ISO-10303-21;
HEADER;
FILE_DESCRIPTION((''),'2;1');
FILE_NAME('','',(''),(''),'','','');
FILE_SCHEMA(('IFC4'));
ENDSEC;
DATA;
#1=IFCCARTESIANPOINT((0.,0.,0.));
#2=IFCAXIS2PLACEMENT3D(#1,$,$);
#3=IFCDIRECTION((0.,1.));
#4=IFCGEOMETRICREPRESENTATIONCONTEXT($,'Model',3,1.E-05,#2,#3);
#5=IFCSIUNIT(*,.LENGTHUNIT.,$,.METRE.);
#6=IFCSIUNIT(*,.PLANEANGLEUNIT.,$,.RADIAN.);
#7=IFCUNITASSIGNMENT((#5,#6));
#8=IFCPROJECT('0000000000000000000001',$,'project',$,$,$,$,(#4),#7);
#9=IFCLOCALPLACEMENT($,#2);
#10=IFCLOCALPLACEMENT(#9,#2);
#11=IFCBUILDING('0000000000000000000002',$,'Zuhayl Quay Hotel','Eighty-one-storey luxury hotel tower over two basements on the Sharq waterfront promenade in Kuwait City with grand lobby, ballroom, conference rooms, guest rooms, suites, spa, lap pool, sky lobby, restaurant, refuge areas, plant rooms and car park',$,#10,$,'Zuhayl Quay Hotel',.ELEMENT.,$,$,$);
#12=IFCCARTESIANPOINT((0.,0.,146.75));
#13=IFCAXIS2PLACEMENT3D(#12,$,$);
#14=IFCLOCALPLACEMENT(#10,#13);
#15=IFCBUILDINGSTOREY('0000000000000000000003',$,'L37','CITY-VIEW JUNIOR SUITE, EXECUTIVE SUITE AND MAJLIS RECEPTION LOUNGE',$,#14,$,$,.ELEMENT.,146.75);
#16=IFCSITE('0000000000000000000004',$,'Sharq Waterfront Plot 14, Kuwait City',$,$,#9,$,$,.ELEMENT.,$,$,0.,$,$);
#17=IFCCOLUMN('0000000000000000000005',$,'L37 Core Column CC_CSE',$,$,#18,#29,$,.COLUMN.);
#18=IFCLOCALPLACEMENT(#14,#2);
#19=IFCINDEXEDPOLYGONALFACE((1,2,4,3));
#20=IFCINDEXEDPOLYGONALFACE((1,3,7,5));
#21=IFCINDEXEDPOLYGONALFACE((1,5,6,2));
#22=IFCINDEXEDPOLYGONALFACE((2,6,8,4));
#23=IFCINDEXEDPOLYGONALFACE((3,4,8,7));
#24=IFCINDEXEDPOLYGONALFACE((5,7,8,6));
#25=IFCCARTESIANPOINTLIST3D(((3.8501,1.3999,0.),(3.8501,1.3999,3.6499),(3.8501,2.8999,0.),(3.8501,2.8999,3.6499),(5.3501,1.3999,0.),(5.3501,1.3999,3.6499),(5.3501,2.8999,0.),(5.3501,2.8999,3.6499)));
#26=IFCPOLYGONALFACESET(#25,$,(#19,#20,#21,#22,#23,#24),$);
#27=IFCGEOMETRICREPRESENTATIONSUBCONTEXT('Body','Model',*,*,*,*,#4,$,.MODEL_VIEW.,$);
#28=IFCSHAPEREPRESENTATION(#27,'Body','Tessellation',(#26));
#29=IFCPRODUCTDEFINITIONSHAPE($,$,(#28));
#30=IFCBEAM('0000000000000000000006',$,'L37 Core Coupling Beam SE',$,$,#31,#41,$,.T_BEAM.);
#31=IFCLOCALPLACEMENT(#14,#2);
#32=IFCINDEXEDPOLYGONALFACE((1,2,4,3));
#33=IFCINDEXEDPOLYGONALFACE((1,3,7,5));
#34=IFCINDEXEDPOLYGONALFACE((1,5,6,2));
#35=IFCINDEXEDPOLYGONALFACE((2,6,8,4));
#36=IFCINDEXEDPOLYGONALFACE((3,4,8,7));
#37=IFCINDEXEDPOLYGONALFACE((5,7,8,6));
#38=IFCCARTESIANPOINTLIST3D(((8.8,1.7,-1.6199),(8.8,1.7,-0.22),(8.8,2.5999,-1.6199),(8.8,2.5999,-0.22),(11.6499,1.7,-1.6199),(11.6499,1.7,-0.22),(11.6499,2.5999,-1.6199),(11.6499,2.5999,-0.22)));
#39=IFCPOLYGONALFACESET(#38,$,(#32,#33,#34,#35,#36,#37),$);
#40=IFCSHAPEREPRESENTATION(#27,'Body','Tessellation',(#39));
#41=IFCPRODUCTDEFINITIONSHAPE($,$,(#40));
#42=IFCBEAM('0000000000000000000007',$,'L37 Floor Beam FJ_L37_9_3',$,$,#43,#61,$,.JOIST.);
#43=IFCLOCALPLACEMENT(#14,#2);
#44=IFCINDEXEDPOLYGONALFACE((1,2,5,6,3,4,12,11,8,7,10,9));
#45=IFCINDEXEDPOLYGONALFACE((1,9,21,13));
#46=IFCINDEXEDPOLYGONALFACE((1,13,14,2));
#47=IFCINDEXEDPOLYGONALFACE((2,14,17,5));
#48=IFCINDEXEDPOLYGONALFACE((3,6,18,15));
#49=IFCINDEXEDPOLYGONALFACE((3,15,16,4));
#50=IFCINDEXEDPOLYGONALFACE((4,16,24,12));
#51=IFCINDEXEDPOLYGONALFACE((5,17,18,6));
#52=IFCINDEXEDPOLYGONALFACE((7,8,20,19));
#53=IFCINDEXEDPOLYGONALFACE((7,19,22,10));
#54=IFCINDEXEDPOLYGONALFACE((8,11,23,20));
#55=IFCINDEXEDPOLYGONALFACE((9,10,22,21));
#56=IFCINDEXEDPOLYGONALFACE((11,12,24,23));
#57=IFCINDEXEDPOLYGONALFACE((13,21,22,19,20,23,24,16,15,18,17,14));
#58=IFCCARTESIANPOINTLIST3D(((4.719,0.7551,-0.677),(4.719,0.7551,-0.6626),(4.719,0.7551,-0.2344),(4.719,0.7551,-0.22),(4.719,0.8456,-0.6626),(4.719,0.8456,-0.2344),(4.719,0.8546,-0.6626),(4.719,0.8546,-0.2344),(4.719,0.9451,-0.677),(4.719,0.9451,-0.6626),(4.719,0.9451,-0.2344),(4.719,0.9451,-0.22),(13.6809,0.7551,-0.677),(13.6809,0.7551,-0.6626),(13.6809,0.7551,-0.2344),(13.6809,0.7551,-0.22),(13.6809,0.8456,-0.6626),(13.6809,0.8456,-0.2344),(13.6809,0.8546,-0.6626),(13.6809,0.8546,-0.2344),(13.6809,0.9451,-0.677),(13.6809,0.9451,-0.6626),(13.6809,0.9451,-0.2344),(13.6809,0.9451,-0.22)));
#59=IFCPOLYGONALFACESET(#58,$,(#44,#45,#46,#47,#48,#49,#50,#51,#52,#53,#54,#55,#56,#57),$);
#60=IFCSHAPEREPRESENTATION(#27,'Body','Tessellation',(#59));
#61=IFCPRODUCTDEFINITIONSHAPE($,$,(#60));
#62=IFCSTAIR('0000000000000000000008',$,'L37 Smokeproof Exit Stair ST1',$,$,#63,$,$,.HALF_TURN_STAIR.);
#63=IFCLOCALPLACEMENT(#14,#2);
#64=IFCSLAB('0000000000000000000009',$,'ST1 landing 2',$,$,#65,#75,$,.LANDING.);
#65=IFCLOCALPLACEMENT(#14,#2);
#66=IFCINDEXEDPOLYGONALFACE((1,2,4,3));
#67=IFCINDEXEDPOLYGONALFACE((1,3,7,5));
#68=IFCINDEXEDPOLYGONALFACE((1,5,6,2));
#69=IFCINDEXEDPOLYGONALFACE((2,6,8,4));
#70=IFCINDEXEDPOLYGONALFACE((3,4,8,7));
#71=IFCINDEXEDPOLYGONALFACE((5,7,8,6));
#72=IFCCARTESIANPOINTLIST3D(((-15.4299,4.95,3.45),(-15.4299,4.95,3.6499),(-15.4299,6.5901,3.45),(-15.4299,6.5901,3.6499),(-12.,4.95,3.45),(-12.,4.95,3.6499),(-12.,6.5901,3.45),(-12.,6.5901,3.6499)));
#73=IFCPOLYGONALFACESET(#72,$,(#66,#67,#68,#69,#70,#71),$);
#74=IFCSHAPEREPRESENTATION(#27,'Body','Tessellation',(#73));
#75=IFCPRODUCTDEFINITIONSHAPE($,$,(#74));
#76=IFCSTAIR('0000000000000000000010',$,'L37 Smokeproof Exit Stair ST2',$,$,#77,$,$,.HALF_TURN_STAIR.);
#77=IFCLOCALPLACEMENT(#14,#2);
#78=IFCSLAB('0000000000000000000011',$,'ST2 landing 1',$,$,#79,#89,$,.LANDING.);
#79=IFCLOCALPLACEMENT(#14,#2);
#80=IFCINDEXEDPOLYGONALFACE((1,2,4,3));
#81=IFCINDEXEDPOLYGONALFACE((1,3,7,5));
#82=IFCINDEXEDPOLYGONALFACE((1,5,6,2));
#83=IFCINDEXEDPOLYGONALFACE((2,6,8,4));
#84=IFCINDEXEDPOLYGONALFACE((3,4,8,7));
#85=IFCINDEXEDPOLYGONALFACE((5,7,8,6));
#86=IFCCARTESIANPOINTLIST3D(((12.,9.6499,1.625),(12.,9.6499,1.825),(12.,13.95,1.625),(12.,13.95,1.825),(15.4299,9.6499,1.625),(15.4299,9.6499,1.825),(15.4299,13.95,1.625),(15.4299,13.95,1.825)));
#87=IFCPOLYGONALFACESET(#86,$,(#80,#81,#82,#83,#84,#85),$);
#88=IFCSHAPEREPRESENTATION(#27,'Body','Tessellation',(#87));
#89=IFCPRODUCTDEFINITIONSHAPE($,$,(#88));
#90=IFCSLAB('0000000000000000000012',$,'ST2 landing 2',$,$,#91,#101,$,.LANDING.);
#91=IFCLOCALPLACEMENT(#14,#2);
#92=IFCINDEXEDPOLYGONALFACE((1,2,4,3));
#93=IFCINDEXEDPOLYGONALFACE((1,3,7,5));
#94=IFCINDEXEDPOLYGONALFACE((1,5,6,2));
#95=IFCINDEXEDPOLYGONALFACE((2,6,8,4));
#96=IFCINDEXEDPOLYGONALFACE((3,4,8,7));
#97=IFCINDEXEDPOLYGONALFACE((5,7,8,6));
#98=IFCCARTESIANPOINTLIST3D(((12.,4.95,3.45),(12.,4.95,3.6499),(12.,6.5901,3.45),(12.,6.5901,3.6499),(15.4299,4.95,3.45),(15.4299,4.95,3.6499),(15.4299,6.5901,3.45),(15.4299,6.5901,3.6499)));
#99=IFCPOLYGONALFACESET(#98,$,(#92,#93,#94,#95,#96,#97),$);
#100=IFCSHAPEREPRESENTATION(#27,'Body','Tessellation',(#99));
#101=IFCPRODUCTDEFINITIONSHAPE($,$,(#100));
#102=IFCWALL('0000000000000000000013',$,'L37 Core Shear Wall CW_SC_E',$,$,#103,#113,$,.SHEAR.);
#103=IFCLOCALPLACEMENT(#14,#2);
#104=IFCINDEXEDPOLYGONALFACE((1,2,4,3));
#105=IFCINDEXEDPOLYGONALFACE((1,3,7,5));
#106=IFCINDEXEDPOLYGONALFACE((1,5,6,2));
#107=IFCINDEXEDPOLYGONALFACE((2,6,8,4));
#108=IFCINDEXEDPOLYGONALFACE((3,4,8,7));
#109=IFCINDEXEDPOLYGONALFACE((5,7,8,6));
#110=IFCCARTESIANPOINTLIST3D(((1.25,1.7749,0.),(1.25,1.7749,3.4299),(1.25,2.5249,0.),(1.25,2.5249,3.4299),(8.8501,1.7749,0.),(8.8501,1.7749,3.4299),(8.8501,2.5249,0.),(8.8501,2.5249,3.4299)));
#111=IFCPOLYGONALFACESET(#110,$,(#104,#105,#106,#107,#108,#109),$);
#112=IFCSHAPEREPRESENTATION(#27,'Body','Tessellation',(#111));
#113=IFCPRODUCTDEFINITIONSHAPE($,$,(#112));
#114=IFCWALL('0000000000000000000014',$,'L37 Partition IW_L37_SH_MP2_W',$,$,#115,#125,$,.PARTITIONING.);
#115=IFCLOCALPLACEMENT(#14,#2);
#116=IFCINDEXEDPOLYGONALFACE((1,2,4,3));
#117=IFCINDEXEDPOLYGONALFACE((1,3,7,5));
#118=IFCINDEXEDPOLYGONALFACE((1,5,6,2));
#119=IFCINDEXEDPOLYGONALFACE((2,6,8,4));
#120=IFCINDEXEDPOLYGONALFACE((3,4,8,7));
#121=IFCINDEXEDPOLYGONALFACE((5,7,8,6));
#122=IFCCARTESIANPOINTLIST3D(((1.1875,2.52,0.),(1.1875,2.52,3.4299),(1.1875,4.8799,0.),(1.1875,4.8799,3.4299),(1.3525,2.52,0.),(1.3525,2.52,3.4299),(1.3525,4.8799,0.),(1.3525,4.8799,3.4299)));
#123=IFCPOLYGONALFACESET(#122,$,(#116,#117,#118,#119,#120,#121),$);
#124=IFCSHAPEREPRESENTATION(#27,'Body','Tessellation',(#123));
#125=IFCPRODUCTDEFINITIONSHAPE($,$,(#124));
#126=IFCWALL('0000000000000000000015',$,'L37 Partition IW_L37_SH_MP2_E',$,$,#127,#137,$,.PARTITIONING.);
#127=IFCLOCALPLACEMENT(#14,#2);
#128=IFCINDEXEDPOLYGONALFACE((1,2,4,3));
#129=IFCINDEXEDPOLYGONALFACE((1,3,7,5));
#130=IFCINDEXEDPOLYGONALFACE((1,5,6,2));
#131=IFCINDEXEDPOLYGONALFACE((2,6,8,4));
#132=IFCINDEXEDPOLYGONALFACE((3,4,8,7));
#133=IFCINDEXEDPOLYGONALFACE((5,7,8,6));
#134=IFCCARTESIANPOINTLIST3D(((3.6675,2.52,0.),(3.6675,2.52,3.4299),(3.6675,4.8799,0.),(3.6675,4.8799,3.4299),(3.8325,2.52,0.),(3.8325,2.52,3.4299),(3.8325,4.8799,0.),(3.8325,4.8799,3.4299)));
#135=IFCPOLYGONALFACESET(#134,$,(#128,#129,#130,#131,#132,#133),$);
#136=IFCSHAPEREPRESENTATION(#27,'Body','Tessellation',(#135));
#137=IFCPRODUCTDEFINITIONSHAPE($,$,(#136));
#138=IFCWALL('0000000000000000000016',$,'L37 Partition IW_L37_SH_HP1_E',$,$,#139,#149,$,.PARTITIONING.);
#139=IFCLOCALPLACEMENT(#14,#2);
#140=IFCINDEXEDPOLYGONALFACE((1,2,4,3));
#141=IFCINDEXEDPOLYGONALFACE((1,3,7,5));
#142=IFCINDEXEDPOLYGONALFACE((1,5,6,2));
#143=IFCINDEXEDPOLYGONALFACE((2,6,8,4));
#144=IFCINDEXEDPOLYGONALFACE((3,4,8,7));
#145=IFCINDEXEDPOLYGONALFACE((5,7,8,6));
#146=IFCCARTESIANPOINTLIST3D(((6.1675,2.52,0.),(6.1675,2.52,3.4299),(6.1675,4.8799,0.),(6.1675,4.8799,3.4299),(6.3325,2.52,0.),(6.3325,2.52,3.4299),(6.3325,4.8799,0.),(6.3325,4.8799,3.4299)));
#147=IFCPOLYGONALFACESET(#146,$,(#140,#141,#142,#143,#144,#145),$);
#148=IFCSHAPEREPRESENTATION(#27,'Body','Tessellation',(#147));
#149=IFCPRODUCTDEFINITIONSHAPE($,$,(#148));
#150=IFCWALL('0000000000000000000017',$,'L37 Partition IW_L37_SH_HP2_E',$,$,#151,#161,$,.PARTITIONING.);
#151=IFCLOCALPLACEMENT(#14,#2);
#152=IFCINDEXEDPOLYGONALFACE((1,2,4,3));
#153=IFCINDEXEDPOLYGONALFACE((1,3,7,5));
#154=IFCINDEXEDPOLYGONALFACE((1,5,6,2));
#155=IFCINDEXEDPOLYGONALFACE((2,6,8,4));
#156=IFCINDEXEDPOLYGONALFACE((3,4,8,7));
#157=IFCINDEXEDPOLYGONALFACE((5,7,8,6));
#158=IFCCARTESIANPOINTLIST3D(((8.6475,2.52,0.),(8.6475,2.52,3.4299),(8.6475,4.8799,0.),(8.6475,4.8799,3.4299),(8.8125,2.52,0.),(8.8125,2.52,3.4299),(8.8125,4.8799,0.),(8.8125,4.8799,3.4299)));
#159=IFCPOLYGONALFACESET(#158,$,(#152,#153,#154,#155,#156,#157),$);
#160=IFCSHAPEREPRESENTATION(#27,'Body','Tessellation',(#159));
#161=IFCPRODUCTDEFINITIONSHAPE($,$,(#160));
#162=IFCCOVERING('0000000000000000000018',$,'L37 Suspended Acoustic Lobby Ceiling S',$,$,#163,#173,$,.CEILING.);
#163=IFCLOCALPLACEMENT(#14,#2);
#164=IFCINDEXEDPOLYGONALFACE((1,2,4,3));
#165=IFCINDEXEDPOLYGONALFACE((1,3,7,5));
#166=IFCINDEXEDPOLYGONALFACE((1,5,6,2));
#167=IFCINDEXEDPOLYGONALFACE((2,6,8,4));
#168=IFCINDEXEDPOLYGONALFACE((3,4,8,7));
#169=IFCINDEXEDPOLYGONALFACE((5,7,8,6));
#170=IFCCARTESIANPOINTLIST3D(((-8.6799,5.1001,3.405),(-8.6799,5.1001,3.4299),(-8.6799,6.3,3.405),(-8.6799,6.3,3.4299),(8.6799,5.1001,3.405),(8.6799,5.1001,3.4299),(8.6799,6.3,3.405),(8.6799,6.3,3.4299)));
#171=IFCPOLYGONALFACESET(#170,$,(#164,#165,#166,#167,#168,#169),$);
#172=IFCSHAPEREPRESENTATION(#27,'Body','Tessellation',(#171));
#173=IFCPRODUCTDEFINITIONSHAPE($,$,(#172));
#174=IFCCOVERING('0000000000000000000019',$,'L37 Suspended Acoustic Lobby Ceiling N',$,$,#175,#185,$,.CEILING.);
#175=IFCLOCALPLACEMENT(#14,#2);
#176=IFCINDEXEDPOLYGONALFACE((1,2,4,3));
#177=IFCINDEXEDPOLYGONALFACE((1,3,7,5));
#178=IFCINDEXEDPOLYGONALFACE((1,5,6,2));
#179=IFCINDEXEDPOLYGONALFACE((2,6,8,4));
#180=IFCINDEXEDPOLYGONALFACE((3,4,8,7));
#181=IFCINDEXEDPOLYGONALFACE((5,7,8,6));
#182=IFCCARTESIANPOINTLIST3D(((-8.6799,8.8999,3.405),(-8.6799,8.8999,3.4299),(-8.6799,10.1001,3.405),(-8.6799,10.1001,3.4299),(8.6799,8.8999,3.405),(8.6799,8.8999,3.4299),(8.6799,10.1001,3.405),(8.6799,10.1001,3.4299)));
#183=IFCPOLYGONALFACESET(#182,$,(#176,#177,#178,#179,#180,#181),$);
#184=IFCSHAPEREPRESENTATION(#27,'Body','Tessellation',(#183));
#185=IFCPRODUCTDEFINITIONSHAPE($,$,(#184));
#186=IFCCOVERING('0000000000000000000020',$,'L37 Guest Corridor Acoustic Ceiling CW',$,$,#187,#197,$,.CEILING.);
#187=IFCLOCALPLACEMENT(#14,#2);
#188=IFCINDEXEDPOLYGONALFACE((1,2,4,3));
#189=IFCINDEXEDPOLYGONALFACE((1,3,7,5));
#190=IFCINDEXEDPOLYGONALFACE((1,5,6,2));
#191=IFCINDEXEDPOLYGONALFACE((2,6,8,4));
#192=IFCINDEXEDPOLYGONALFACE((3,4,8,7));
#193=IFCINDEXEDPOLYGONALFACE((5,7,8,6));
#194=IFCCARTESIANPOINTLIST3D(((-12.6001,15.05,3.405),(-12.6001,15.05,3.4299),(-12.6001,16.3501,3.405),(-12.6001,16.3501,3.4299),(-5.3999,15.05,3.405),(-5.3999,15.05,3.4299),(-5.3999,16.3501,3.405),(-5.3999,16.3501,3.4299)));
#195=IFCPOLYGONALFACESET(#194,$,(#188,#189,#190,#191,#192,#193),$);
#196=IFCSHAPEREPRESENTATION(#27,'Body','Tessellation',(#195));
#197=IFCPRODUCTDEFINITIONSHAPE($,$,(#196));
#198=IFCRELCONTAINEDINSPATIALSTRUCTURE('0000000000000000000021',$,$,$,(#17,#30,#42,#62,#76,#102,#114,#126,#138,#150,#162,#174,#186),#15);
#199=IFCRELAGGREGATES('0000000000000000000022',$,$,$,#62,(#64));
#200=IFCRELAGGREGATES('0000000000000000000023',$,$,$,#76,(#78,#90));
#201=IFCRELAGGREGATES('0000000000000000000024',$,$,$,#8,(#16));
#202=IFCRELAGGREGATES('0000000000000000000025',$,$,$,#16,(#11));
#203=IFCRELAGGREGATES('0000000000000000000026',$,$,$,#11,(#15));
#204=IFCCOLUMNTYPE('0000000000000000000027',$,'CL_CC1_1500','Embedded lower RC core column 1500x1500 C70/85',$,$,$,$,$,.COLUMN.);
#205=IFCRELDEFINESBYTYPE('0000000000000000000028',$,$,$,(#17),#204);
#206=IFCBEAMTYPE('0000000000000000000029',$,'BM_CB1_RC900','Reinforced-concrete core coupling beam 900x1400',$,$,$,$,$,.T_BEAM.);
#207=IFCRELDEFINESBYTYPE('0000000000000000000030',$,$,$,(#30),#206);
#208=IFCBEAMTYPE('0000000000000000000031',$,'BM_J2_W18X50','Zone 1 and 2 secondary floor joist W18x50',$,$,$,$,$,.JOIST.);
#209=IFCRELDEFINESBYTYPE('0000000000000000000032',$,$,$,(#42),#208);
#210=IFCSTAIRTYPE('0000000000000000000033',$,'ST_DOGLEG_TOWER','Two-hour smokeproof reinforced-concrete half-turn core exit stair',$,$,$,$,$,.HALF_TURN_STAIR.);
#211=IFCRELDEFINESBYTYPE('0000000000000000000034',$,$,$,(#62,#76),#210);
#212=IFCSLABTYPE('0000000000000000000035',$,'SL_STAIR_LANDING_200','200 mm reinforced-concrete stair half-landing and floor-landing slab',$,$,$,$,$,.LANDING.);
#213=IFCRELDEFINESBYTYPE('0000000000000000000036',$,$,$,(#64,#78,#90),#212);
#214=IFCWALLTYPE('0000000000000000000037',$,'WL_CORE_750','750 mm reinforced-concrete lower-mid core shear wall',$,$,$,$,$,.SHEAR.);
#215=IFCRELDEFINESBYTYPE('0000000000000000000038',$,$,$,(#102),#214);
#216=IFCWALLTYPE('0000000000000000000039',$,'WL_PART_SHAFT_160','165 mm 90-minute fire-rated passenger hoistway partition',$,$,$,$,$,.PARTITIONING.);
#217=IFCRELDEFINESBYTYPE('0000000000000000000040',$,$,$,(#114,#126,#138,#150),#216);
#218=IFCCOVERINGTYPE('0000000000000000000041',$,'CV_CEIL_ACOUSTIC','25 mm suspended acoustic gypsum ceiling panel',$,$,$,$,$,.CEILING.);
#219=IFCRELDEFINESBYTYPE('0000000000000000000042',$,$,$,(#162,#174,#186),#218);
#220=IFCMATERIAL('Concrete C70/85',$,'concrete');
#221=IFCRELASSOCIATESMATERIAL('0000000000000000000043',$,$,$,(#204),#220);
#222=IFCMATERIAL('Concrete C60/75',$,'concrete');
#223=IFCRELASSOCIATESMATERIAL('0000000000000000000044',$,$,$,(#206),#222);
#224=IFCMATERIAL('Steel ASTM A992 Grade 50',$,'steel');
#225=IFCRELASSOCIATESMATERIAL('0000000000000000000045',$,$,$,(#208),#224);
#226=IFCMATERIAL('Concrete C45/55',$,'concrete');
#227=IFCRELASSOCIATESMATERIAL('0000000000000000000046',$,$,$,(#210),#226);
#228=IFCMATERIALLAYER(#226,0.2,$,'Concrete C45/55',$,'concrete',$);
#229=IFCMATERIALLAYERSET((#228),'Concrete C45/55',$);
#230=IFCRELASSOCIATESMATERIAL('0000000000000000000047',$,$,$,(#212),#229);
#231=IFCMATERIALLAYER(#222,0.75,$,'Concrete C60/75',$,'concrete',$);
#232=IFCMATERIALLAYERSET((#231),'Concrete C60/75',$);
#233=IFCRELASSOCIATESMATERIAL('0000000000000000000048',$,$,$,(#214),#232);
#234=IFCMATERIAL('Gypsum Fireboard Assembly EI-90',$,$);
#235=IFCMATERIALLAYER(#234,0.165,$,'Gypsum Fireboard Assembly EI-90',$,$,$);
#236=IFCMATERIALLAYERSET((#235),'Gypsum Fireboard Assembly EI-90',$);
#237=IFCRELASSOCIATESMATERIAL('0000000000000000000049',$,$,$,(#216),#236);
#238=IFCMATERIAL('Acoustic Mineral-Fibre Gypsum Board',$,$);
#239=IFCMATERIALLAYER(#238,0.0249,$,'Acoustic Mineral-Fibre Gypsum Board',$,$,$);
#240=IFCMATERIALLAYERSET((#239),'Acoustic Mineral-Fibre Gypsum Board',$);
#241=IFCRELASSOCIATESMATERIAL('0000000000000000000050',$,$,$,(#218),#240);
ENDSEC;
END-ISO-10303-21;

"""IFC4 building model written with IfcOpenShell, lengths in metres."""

from ifc_helpers import new_model, si_unit, direction, frame, frame_2d, origin, origin_2d, place, context, subcontext, project, spatial, polyline, rectangle, i_section, outline, extrude, material, layer, layer_set, material_profile, profile_set, type_object, element, aggregate, save


model = new_model("IFC4")

# Units and contexts
model_context = context("Model", 3, precision=1e-05, world=origin(), true_north=direction((0.0, 1.0)))
body_context = subcontext(model_context, "Body", "Model", "MODEL_VIEW")
ifc_project = project(units=[si_unit("LENGTHUNIT", "METRE"), si_unit("PLANEANGLEUNIT", "RADIAN")], contexts=[model_context])

# Site, building, storey
site_placement = place(None, origin())
site = spatial("IfcSite", under=ifc_project, at=site_placement, Name="Sharq Waterfront Plot 14, Kuwait City", CompositionType="ELEMENT", RefElevation=0.0)
building_placement = place(site_placement, origin())
building = spatial("IfcBuilding", under=site, at=building_placement, Name="Zuhayl Quay Hotel", Description="Eighty-one-storey luxury hotel tower over two basements on the Sharq waterfront promenade in Kuwait City with grand lobby, ballroom, conference rooms, guest rooms, suites, spa, lap pool, sky lobby, restaurant, refuge areas, plant rooms and car park", LongName="Zuhayl Quay Hotel", CompositionType="ELEMENT")
storey_placement = place(building_placement, frame((0.0, 0.0, 146.75)))
storey = spatial("IfcBuildingStorey", under=building, at=storey_placement, Name="L37", Description="CITY-VIEW JUNIOR SUITE, EXECUTIVE SUITE AND MAJLIS RECEPTION LOUNGE", CompositionType="ELEMENT", Elevation=146.75)

# Column
ifc_material_1 = material(Name="Concrete C70/85", Category="concrete")
ifc_material_profile_1 = material_profile(ifc_material_1, rectangle(XDim=1.5, YDim=1.5, at=origin_2d()), Name="RC1500X1500")
ifc_profile_set_1 = profile_set([ifc_material_profile_1], Name="Concrete C70/85")
column_type = type_object("IfcColumnType", Name="CL_CC1_1500", Description="Embedded lower RC core column 1500x1500 C70/85", PredefinedType="COLUMN", material=ifc_profile_set_1)
column_placement = place(storey_placement, frame((4.6001, 2.1499, 0.0), z_axis=(0.0, 0.0, 1.0), x_axis=(1.0, 0.0, 0.0)))
element("IfcColumn", 1, at=column_placement, inside=storey, type_object=column_type, Name="L37 Core Column CC_CSE", PredefinedType="COLUMN", context=body_context, shape_type="SweptSolid", body=[
    extrude(rectangle(XDim=1.5, YDim=1.5, at=origin_2d()), origin(), (0.0, 0.0, 1.0), 3.6499),
])

# Beams
ifc_material_2 = material(Name="Concrete C60/75", Category="concrete")
ifc_material_profile_2 = material_profile(ifc_material_2, rectangle(XDim=0.8999, YDim=1.3999, at=origin_2d()), Name="RC900X1400")
ifc_profile_set_2 = profile_set([ifc_material_profile_2], Name="Concrete C60/75")
beam_type_1 = type_object("IfcBeamType", Name="BM_CB1_RC900", Description="Reinforced-concrete core coupling beam 900x1400", PredefinedType="T_BEAM", material=ifc_profile_set_2)
beam_1_placement = place(storey_placement, frame((8.8, 2.1499, -0.9199), z_axis=(1.0, 0.0, 0.0), x_axis=(0.0, 1.0, 0.0)))
element("IfcBeam", 2, at=beam_1_placement, inside=storey, type_object=beam_type_1, Name="L37 Core Coupling Beam SE", PredefinedType="T_BEAM", context=body_context, shape_type="SweptSolid", body=[
    extrude(rectangle(XDim=0.8999, YDim=1.3999, at=origin_2d()), origin(), (0.0, 0.0, 1.0), 2.8499),
])
ifc_material_3 = material(Name="Steel ASTM A992 Grade 50", Category="steel")
ifc_material_profile_3 = material_profile(ifc_material_3, i_section(OverallWidth=0.1899, OverallDepth=0.457, WebThickness=0.009, FlangeThickness=0.0144, at=origin_2d()), Name="W18X50")
ifc_profile_set_3 = profile_set([ifc_material_profile_3], Name="Steel ASTM A992 Grade 50")
beam_type_2 = type_object("IfcBeamType", Name="BM_J2_W18X50", Description="Zone 1 and 2 secondary floor joist W18x50", PredefinedType="JOIST", material=ifc_profile_set_3)
beam_2_placement = place(storey_placement, frame((4.719, 0.8501, -0.4485), z_axis=(1.0, 0.0, 0.0), x_axis=(0.0, 1.0, 0.0)))
element("IfcBeam", 3, at=beam_2_placement, inside=storey, type_object=beam_type_2, Name="L37 Floor Beam FJ_L37_9_3", PredefinedType="JOIST", context=body_context, shape_type="SweptSolid", body=[
    extrude(i_section(OverallWidth=0.1899, OverallDepth=0.457, WebThickness=0.009, FlangeThickness=0.0144, at=origin_2d()), origin(), (0.0, 0.0, 1.0), 8.9619),
])

# Stair, slab
ifc_material_4 = material(Name="Concrete C45/55", Category="concrete")
stair_type = type_object("IfcStairType", Name="ST_DOGLEG_TOWER", Description="Two-hour smokeproof reinforced-concrete half-turn core exit stair", PredefinedType="HALF_TURN_STAIR", material=ifc_material_4)
stair_1_placement = place(storey_placement, origin())
stair_1 = element("IfcStair", 4, at=stair_1_placement, inside=storey, type_object=stair_type, Name="L37 Smokeproof Exit Stair ST1", PredefinedType="HALF_TURN_STAIR")
ifc_layer_1 = layer(ifc_material_4, 0.2, Name="Concrete C45/55", Category="concrete")
ifc_layer_set_1 = layer_set([ifc_layer_1], Name="Concrete C45/55")
slab_type = type_object("IfcSlabType", Name="SL_STAIR_LANDING_200", Description="200 mm reinforced-concrete stair half-landing and floor-landing slab", PredefinedType="LANDING", material=ifc_layer_set_1)
slab_1_placement = place(storey_placement, frame((0.0, 0.0, 3.45)))
slab_1 = element("IfcSlab", 5, at=slab_1_placement, type_object=slab_type, Name="ST1 landing 2", PredefinedType="LANDING", context=body_context, shape_type="SweptSolid", body=[
    extrude(outline(polyline([(-12.0, 4.95), (-12.0, 6.5901), (-15.4299, 6.5901), (-15.4299, 4.95), (-12.0, 4.95)])), origin(), (0.0, 0.0, 1.0), 0.2),
])
aggregate(stair_1, [slab_1])

# Stair, slabs
stair_2_placement = place(storey_placement, origin())
stair_2 = element("IfcStair", 6, at=stair_2_placement, inside=storey, type_object=stair_type, Name="L37 Smokeproof Exit Stair ST2", PredefinedType="HALF_TURN_STAIR")
slab_2_placement = place(storey_placement, frame((0.0, 0.0, 1.625)))
slab_2 = element("IfcSlab", 7, at=slab_2_placement, type_object=slab_type, Name="ST2 landing 1", PredefinedType="LANDING", context=body_context, shape_type="SweptSolid", body=[
    extrude(outline(polyline([(15.4299, 9.6499), (15.4299, 13.95), (12.0, 13.95), (12.0, 9.6499), (15.4299, 9.6499)])), origin(), (0.0, 0.0, 1.0), 0.2),
])
slab_3_placement = place(storey_placement, frame((0.0, 0.0, 3.45)))
slab_3 = element("IfcSlab", 8, at=slab_3_placement, type_object=slab_type, Name="ST2 landing 2", PredefinedType="LANDING", context=body_context, shape_type="SweptSolid", body=[
    extrude(outline(polyline([(15.4299, 4.95), (15.4299, 6.5901), (12.0, 6.5901), (12.0, 4.95), (15.4299, 4.95)])), origin(), (0.0, 0.0, 1.0), 0.2),
])
aggregate(stair_2, [slab_2, slab_3])

# Walls
ifc_layer_2 = layer(ifc_material_2, 0.75, Name="Concrete C60/75", Category="concrete")
ifc_layer_set_2 = layer_set([ifc_layer_2], Name="Concrete C60/75")
wall_type_1 = type_object("IfcWallType", Name="WL_CORE_750", Description="750 mm reinforced-concrete lower-mid core shear wall", PredefinedType="SHEAR", material=ifc_layer_set_2)
wall_placement = place(storey_placement, frame((1.25, 2.1499, 0.0), z_axis=(0.0, 0.0, 1.0), x_axis=(1.0, 0.0, 0.0)))
element("IfcWall", 9, at=wall_placement, inside=storey, type_object=wall_type_1, Name="L37 Core Shear Wall CW_SC_E", PredefinedType="SHEAR", context=body_context, shape_type="SweptSolid", body=[
    extrude(rectangle(XDim=7.6001, YDim=0.75, at=frame_2d((3.8, 0.0))), origin(), (0.0, 0.0, 1.0), 3.4299),
])
ifc_material_5 = material(Name="Gypsum Fireboard Assembly EI-90")
ifc_layer_3 = layer(ifc_material_5, 0.165, Name="Gypsum Fireboard Assembly EI-90")
ifc_layer_set_3 = layer_set([ifc_layer_3], Name="Gypsum Fireboard Assembly EI-90")
wall_type_2 = type_object("IfcWallType", Name="WL_PART_SHAFT_160", Description="165 mm 90-minute fire-rated passenger hoistway partition", PredefinedType="PARTITIONING", material=ifc_layer_set_3)
for number, where, z_axis, x_axis, name in (
    (10, (1.27, 2.52, 0.0), (0.0, 0.0, 1.0), (0.0, 1.0, 0.0), "L37 Partition IW_L37_SH_MP2_W"),
    (11, (3.75, 2.52, 0.0), (0.0, 0.0, 1.0), (0.0, 1.0, 0.0), "L37 Partition IW_L37_SH_MP2_E"),
    (12, (6.25, 2.52, 0.0), (0.0, 0.0, 1.0), (0.0, 1.0, 0.0), "L37 Partition IW_L37_SH_HP1_E"),
    (13, (8.73, 2.52, 0.0), (0.0, 0.0, 1.0), (0.0, 1.0, 0.0), "L37 Partition IW_L37_SH_HP2_E"),
):
    element("IfcWall", number, at=place(storey_placement, frame(where, z_axis=z_axis, x_axis=x_axis)), inside=storey, type_object=wall_type_2, Name=name, PredefinedType="PARTITIONING", context=body_context, shape_type="SweptSolid", body=[
        extrude(rectangle(XDim=2.3599, YDim=0.165, at=frame_2d((1.1799, 0.0))), origin(), (0.0, 0.0, 1.0), 3.4299),
    ])

# Coverings
ifc_material_6 = material(Name="Acoustic Mineral-Fibre Gypsum Board")
ifc_layer_4 = layer(ifc_material_6, 0.0249, Name="Acoustic Mineral-Fibre Gypsum Board")
ifc_layer_set_4 = layer_set([ifc_layer_4], Name="Acoustic Mineral-Fibre Gypsum Board")
covering_type_1 = type_object("IfcCoveringType", Name="CV_CEIL_ACOUSTIC", Description="25 mm suspended acoustic gypsum ceiling panel", PredefinedType="CEILING", material=ifc_layer_set_4)
covering_1_placement = place(storey_placement, frame((0.0, 0.0, 3.405)))
element("IfcCovering", 14, at=covering_1_placement, inside=storey, type_object=covering_type_1, Name="L37 Suspended Acoustic Lobby Ceiling S", PredefinedType="CEILING", context=body_context, shape_type="SweptSolid", body=[
    extrude(outline(polyline([(-8.6799, 5.1001), (8.6799, 5.1001), (8.6799, 6.3), (-8.6799, 6.3), (-8.6799, 5.1001)])), origin(), (0.0, 0.0, 1.0), 0.0249),
])
covering_2_placement = place(storey_placement, frame((0.0, 0.0, 3.405)))
element("IfcCovering", 15, at=covering_2_placement, inside=storey, type_object=covering_type_1, Name="L37 Suspended Acoustic Lobby Ceiling N", PredefinedType="CEILING", context=body_context, shape_type="SweptSolid", body=[
    extrude(outline(polyline([(-8.6799, 8.8999), (8.6799, 8.8999), (8.6799, 10.1001), (-8.6799, 10.1001), (-8.6799, 8.8999)])), origin(), (0.0, 0.0, 1.0), 0.0249),
])
covering_3_placement = place(storey_placement, frame((0.0, 0.0, 3.405)))
element("IfcCovering", 16, at=covering_3_placement, inside=storey, type_object=covering_type_1, Name="L37 Guest Corridor Acoustic Ceiling CW", PredefinedType="CEILING", context=body_context, shape_type="SweptSolid", body=[
    extrude(outline(polyline([(-12.6001, 15.05), (-5.3999, 15.05), (-5.3999, 16.3501), (-12.6001, 16.3501), (-12.6001, 15.05)])), origin(), (0.0, 0.0, 1.0), 0.0249),
])

save(model, "model.ifc")
